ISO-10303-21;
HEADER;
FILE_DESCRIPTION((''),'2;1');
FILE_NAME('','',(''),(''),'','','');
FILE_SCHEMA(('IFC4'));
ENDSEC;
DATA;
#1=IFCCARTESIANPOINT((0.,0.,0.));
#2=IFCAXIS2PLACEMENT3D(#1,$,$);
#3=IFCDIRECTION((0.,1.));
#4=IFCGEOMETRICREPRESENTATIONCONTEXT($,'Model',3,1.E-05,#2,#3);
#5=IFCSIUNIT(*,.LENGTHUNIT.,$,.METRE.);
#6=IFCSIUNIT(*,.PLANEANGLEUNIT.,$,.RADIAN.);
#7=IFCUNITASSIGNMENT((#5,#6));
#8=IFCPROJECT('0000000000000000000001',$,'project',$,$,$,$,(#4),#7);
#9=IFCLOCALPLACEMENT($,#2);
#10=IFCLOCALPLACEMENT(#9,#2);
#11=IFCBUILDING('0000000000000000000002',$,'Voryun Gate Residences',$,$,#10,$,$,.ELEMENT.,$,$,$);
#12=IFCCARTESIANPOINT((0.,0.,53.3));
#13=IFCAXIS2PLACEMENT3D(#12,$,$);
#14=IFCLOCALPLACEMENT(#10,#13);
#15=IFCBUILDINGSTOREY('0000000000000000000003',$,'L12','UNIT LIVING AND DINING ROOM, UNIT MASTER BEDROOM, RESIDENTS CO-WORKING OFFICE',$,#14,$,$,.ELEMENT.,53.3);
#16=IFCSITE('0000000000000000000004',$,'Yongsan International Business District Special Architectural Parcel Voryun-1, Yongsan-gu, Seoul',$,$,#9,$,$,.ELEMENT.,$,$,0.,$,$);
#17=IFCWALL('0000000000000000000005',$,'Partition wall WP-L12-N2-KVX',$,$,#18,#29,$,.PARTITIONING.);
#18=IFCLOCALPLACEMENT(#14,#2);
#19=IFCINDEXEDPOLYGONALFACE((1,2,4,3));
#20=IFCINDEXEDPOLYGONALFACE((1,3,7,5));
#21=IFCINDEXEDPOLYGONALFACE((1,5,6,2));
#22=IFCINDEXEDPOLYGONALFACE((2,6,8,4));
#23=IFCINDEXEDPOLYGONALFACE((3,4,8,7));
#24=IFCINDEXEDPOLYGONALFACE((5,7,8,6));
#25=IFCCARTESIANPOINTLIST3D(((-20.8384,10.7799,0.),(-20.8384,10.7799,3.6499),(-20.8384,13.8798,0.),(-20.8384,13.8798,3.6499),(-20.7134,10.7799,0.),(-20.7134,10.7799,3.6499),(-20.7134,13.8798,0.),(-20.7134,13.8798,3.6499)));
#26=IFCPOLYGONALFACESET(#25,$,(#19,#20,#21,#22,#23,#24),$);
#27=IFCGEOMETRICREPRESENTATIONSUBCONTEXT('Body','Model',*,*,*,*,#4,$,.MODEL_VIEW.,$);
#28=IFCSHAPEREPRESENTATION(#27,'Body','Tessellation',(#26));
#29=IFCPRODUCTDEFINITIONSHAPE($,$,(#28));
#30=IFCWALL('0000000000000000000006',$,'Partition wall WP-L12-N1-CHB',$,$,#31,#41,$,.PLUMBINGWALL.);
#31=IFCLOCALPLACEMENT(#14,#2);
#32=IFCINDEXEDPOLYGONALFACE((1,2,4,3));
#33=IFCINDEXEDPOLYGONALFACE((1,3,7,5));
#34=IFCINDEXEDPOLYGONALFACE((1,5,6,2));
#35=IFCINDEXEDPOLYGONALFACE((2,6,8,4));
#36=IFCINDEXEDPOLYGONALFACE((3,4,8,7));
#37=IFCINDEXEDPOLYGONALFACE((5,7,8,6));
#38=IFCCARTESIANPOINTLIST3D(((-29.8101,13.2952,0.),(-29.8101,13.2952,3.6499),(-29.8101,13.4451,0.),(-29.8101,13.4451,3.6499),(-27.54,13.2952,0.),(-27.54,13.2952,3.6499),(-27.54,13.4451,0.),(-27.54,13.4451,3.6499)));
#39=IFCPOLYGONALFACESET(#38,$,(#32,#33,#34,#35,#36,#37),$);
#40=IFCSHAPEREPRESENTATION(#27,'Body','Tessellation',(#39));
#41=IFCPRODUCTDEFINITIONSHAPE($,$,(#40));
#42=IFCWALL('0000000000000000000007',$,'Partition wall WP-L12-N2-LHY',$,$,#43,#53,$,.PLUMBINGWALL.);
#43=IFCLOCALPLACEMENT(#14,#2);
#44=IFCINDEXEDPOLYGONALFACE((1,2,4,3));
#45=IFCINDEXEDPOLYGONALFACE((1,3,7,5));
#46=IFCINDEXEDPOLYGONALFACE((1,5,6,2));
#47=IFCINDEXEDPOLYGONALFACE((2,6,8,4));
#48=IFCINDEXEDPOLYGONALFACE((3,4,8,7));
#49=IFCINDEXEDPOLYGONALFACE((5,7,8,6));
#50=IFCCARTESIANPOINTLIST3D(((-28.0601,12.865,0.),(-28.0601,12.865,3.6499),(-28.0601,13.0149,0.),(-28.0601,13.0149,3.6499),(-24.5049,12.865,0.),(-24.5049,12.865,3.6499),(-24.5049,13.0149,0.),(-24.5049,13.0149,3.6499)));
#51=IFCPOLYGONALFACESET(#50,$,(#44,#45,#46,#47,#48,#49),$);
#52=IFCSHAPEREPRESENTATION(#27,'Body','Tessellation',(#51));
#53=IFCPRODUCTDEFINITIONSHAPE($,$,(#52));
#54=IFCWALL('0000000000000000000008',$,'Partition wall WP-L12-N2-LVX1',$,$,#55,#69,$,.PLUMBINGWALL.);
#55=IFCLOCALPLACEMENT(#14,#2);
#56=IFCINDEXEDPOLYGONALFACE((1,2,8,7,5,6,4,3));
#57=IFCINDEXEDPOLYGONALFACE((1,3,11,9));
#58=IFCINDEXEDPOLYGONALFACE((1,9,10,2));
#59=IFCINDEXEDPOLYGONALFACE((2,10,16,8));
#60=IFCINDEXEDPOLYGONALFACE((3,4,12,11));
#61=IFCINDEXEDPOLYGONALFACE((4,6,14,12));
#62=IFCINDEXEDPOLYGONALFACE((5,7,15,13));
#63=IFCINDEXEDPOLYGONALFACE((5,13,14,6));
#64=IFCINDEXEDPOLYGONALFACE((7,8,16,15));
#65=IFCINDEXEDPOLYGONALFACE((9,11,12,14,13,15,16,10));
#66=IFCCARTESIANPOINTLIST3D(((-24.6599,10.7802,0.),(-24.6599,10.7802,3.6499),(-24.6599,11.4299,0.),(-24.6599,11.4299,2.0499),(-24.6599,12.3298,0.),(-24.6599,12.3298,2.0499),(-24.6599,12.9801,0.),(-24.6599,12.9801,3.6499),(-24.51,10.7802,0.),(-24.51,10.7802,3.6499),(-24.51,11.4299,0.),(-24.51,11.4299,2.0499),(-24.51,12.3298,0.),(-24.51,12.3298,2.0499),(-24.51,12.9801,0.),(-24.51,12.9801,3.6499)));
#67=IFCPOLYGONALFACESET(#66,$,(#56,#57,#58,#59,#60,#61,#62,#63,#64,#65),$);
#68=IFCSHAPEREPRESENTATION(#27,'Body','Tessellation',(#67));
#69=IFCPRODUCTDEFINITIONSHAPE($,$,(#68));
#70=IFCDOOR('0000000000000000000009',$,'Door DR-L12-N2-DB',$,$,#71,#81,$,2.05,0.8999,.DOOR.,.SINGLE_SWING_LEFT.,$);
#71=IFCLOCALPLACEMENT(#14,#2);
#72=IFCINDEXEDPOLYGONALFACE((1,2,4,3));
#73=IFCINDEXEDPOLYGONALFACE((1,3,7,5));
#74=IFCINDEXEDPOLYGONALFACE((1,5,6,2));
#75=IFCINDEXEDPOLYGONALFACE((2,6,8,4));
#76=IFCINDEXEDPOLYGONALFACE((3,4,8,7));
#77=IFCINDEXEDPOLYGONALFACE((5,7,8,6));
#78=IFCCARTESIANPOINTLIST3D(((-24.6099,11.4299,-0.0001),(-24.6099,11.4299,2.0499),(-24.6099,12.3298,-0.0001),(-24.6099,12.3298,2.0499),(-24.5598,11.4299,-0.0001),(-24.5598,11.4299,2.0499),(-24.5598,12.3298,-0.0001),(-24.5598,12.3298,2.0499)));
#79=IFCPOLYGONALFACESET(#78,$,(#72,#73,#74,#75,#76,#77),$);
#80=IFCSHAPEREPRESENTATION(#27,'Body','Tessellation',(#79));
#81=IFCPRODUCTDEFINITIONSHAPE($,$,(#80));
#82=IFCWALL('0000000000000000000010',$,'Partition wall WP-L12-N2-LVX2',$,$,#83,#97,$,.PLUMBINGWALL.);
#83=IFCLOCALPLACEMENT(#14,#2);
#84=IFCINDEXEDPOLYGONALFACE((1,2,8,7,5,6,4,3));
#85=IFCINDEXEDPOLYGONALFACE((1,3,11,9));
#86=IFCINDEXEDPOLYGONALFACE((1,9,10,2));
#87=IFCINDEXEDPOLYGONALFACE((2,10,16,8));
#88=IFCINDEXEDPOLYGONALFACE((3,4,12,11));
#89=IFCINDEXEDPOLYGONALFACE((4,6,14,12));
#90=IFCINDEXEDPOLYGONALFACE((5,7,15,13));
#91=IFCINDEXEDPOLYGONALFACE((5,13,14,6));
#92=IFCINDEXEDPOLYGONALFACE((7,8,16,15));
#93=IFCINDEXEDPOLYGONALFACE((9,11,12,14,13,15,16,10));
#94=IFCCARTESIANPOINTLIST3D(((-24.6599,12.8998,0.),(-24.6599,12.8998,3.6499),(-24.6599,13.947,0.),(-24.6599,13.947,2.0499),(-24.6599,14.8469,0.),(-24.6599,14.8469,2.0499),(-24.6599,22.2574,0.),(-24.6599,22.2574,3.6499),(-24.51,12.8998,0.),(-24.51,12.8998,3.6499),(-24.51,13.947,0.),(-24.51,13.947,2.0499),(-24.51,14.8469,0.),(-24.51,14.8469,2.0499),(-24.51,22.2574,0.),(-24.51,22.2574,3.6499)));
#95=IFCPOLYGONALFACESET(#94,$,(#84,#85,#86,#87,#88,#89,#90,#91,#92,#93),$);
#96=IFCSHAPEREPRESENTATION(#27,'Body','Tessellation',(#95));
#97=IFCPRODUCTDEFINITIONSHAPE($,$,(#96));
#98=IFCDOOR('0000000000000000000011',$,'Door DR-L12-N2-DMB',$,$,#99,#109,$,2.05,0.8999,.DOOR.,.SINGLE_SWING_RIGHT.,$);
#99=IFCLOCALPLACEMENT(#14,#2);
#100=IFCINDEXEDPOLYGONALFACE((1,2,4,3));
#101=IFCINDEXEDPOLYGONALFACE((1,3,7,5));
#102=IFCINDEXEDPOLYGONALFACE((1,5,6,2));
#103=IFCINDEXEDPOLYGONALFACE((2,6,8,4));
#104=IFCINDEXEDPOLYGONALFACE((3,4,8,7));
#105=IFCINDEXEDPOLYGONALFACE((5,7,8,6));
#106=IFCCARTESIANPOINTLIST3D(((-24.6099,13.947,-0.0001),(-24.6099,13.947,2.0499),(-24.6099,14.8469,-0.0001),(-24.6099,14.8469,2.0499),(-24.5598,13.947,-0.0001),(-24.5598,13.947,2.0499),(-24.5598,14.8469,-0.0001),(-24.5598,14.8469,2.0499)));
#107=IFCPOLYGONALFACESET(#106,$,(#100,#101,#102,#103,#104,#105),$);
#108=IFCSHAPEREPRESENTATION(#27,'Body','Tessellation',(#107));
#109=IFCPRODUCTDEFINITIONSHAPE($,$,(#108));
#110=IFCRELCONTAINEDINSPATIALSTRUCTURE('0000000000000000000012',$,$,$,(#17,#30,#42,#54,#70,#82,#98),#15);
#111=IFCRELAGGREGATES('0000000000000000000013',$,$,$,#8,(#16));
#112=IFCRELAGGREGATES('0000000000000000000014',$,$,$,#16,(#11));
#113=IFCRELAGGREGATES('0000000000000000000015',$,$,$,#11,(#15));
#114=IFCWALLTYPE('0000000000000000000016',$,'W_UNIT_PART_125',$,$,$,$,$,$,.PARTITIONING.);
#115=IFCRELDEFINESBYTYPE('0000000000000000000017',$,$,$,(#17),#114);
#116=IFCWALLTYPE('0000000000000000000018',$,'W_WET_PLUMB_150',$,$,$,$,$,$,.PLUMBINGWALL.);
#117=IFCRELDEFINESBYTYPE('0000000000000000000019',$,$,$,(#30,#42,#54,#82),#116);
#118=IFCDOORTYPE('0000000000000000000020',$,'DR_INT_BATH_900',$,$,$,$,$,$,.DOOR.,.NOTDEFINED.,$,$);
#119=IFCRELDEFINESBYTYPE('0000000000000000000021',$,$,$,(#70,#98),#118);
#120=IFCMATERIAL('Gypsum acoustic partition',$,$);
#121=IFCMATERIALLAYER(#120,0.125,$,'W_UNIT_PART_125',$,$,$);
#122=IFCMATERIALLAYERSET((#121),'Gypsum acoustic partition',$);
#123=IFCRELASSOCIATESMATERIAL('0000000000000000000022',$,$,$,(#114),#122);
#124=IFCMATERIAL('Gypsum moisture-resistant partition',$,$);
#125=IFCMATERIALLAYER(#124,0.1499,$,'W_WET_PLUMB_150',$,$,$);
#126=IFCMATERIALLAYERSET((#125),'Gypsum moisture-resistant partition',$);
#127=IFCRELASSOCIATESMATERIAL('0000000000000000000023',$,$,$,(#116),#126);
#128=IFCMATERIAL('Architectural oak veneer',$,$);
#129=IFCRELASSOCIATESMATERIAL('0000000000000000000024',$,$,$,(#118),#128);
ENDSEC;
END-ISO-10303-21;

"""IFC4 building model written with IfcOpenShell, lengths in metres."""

from ifc_helpers import new_model, si_unit, direction, frame, frame_2d, origin, place, context, subcontext, project, spatial, rectangle, extrude, material, layer, layer_set, type_object, element, fill, save


model = new_model("IFC4")

# Units and contexts
model_context = context("Model", 3, precision=1e-05, world=origin(), true_north=direction((0.0, 1.0)))
body_context = subcontext(model_context, "Body", "Model", "MODEL_VIEW")
ifc_project = project(units=[si_unit("LENGTHUNIT", "METRE"), si_unit("PLANEANGLEUNIT", "RADIAN")], contexts=[model_context])

# Site, building, storey
site_placement = place(None, origin())
site = spatial("IfcSite", under=ifc_project, at=site_placement, Name="Yongsan International Business District Special Architectural Parcel Voryun-1, Yongsan-gu, Seoul", CompositionType="ELEMENT", RefElevation=0.0)
building_placement = place(site_placement, origin())
building = spatial("IfcBuilding", under=site, at=building_placement, Name="Voryun Gate Residences", CompositionType="ELEMENT")
storey_placement = place(building_placement, frame((0.0, 0.0, 53.3)))
storey = spatial("IfcBuildingStorey", under=building, at=storey_placement, Name="L12", Description="UNIT LIVING AND DINING ROOM, UNIT MASTER BEDROOM, RESIDENTS CO-WORKING OFFICE", CompositionType="ELEMENT", Elevation=53.3)

# Walls
ifc_material_1 = material(Name="Gypsum acoustic partition")
ifc_layer_1 = layer(ifc_material_1, 0.125, Name="W_UNIT_PART_125")
ifc_layer_set_1 = layer_set([ifc_layer_1], Name="Gypsum acoustic partition")
wall_type_1 = type_object("IfcWallType", Name="W_UNIT_PART_125", PredefinedType="PARTITIONING", material=ifc_layer_set_1)
wall_1_placement = place(storey_placement, frame((-20.7759, 10.78, 0.0), z_axis=(0.0, 0.0, 1.0), x_axis=(0.0, 1.0, 0.0)))
element("IfcWall", 1, at=wall_1_placement, inside=storey, type_object=wall_type_1, Name="Partition wall WP-L12-N2-KVX", PredefinedType="PARTITIONING", context=body_context, shape_type="SweptSolid", body=[
    extrude(rectangle(XDim=3.0999, YDim=0.125, at=frame_2d((1.5498, 0.0))), origin(), (0.0, 0.0, 1.0), 3.6499),
])
ifc_material_2 = material(Name="Gypsum moisture-resistant partition")
ifc_layer_2 = layer(ifc_material_2, 0.1499, Name="W_WET_PLUMB_150")
ifc_layer_set_2 = layer_set([ifc_layer_2], Name="Gypsum moisture-resistant partition")
wall_type_2 = type_object("IfcWallType", Name="W_WET_PLUMB_150", PredefinedType="PLUMBINGWALL", material=ifc_layer_set_2)
wall_2_placement = place(storey_placement, frame((-29.8101, 13.3701, 0.0), z_axis=(0.0, 0.0, 1.0), x_axis=(1.0, 0.0, 0.0)))
element("IfcWall", 2, at=wall_2_placement, inside=storey, type_object=wall_type_2, Name="Partition wall WP-L12-N1-CHB", PredefinedType="PLUMBINGWALL", context=body_context, shape_type="SweptSolid", body=[
    extrude(rectangle(XDim=2.27, YDim=0.1499, at=frame_2d((1.135, 0.0))), origin(), (0.0, 0.0, 1.0), 3.6499),
])
wall_3_placement = place(storey_placement, frame((-28.0601, 12.9399, 0.0), z_axis=(0.0, 0.0, 1.0), x_axis=(1.0, 0.0, 0.0)))
element("IfcWall", 3, at=wall_3_placement, inside=storey, type_object=wall_type_2, Name="Partition wall WP-L12-N2-LHY", PredefinedType="PLUMBINGWALL", context=body_context, shape_type="SweptSolid", body=[
    extrude(rectangle(XDim=3.5552, YDim=0.1499, at=frame_2d((1.7776, 0.0))), origin(), (0.0, 0.0, 1.0), 3.6499),
])

# Walls, openings, doors
wall_4_placement = place(storey_placement, frame((-24.585, 10.78, 0.0), z_axis=(0.0, 0.0, 1.0), x_axis=(0.0, 1.0, 0.0)))
wall_4 = element("IfcWall", 4, at=wall_4_placement, inside=storey, type_object=wall_type_2, Name="Partition wall WP-L12-N2-LVX1", PredefinedType="PLUMBINGWALL", context=body_context, shape_type="SweptSolid", body=[
    extrude(rectangle(XDim=2.2, YDim=0.1499, at=frame_2d((1.1001, 0.0))), origin(), (0.0, 0.0, 1.0), 3.6499),
])
opening_1_placement = place(wall_4_placement, frame((0.6499, 0.0, 0.0)))
opening_1 = element("IfcOpeningElement", 5, at=opening_1_placement, cuts=wall_4, PredefinedType="OPENING", context=body_context, shape_type="SweptSolid", body=[
    extrude(rectangle(XDim=0.8999, YDim=2.05, at=frame_2d((0.45, 1.0249))), frame((0.0, 0.085, 0.0), z_axis=(0.0, -1.0, 0.0), x_axis=(1.0, 0.0, 0.0)), (0.0, 0.0, 1.0), 0.1699),
])
ifc_material_3 = material(Name="Architectural oak veneer")
door_type = type_object("IfcDoorType", Name="DR_INT_BATH_900", OperationType="NOTDEFINED", PredefinedType="DOOR", material=ifc_material_3)
door_1_placement = place(opening_1_placement, origin())
door_1 = element("IfcDoor", 6, at=door_1_placement, inside=storey, type_object=door_type, Name="Door DR-L12-N2-DB", OperationType="SINGLE_SWING_LEFT", OverallHeight=2.05, OverallWidth=0.8999, PredefinedType="DOOR", context=body_context, shape_type="SweptSolid", body=[
    extrude(rectangle(XDim=0.8999, YDim=2.05, at=frame_2d((0.45, 1.0249))), frame((0.0, 0.0249, 0.0), z_axis=(0.0, -1.0, 0.0), x_axis=(1.0, 0.0, 0.0)), (0.0, 0.0, 1.0), 0.05),
])
fill(opening_1, door_1)
wall_5_placement = place(storey_placement, frame((-24.585, 12.8999, 0.0), z_axis=(0.0, 0.0, 1.0), x_axis=(0.0, 1.0, 0.0)))
wall_5 = element("IfcWall", 7, at=wall_5_placement, inside=storey, type_object=wall_type_2, Name="Partition wall WP-L12-N2-LVX2", PredefinedType="PLUMBINGWALL", context=body_context, shape_type="SweptSolid", body=[
    extrude(rectangle(XDim=9.3577, YDim=0.1499, at=frame_2d((4.6787, 0.0))), origin(), (0.0, 0.0, 1.0), 3.6499),
])
opening_2_placement = place(wall_5_placement, frame((1.0471, 0.0, 0.0)))
opening_2 = element("IfcOpeningElement", 8, at=opening_2_placement, cuts=wall_5, PredefinedType="OPENING", context=body_context, shape_type="SweptSolid", body=[
    extrude(rectangle(XDim=0.8999, YDim=2.05, at=frame_2d((0.45, 1.0249))), frame((0.0, 0.085, 0.0), z_axis=(0.0, -1.0, 0.0), x_axis=(1.0, 0.0, 0.0)), (0.0, 0.0, 1.0), 0.1699),
])
door_2_placement = place(opening_2_placement, origin())
door_2 = element("IfcDoor", 9, at=door_2_placement, inside=storey, type_object=door_type, Name="Door DR-L12-N2-DMB", OperationType="SINGLE_SWING_RIGHT", OverallHeight=2.05, OverallWidth=0.8999, PredefinedType="DOOR", context=body_context, shape_type="SweptSolid", body=[
    extrude(rectangle(XDim=0.8999, YDim=2.05, at=frame_2d((0.45, 1.0249))), frame((0.0, 0.0249, 0.0), z_axis=(0.0, -1.0, 0.0), x_axis=(1.0, 0.0, 0.0)), (0.0, 0.0, 1.0), 0.05),
])
fill(opening_2, door_2)

save(model, "model.ifc")
